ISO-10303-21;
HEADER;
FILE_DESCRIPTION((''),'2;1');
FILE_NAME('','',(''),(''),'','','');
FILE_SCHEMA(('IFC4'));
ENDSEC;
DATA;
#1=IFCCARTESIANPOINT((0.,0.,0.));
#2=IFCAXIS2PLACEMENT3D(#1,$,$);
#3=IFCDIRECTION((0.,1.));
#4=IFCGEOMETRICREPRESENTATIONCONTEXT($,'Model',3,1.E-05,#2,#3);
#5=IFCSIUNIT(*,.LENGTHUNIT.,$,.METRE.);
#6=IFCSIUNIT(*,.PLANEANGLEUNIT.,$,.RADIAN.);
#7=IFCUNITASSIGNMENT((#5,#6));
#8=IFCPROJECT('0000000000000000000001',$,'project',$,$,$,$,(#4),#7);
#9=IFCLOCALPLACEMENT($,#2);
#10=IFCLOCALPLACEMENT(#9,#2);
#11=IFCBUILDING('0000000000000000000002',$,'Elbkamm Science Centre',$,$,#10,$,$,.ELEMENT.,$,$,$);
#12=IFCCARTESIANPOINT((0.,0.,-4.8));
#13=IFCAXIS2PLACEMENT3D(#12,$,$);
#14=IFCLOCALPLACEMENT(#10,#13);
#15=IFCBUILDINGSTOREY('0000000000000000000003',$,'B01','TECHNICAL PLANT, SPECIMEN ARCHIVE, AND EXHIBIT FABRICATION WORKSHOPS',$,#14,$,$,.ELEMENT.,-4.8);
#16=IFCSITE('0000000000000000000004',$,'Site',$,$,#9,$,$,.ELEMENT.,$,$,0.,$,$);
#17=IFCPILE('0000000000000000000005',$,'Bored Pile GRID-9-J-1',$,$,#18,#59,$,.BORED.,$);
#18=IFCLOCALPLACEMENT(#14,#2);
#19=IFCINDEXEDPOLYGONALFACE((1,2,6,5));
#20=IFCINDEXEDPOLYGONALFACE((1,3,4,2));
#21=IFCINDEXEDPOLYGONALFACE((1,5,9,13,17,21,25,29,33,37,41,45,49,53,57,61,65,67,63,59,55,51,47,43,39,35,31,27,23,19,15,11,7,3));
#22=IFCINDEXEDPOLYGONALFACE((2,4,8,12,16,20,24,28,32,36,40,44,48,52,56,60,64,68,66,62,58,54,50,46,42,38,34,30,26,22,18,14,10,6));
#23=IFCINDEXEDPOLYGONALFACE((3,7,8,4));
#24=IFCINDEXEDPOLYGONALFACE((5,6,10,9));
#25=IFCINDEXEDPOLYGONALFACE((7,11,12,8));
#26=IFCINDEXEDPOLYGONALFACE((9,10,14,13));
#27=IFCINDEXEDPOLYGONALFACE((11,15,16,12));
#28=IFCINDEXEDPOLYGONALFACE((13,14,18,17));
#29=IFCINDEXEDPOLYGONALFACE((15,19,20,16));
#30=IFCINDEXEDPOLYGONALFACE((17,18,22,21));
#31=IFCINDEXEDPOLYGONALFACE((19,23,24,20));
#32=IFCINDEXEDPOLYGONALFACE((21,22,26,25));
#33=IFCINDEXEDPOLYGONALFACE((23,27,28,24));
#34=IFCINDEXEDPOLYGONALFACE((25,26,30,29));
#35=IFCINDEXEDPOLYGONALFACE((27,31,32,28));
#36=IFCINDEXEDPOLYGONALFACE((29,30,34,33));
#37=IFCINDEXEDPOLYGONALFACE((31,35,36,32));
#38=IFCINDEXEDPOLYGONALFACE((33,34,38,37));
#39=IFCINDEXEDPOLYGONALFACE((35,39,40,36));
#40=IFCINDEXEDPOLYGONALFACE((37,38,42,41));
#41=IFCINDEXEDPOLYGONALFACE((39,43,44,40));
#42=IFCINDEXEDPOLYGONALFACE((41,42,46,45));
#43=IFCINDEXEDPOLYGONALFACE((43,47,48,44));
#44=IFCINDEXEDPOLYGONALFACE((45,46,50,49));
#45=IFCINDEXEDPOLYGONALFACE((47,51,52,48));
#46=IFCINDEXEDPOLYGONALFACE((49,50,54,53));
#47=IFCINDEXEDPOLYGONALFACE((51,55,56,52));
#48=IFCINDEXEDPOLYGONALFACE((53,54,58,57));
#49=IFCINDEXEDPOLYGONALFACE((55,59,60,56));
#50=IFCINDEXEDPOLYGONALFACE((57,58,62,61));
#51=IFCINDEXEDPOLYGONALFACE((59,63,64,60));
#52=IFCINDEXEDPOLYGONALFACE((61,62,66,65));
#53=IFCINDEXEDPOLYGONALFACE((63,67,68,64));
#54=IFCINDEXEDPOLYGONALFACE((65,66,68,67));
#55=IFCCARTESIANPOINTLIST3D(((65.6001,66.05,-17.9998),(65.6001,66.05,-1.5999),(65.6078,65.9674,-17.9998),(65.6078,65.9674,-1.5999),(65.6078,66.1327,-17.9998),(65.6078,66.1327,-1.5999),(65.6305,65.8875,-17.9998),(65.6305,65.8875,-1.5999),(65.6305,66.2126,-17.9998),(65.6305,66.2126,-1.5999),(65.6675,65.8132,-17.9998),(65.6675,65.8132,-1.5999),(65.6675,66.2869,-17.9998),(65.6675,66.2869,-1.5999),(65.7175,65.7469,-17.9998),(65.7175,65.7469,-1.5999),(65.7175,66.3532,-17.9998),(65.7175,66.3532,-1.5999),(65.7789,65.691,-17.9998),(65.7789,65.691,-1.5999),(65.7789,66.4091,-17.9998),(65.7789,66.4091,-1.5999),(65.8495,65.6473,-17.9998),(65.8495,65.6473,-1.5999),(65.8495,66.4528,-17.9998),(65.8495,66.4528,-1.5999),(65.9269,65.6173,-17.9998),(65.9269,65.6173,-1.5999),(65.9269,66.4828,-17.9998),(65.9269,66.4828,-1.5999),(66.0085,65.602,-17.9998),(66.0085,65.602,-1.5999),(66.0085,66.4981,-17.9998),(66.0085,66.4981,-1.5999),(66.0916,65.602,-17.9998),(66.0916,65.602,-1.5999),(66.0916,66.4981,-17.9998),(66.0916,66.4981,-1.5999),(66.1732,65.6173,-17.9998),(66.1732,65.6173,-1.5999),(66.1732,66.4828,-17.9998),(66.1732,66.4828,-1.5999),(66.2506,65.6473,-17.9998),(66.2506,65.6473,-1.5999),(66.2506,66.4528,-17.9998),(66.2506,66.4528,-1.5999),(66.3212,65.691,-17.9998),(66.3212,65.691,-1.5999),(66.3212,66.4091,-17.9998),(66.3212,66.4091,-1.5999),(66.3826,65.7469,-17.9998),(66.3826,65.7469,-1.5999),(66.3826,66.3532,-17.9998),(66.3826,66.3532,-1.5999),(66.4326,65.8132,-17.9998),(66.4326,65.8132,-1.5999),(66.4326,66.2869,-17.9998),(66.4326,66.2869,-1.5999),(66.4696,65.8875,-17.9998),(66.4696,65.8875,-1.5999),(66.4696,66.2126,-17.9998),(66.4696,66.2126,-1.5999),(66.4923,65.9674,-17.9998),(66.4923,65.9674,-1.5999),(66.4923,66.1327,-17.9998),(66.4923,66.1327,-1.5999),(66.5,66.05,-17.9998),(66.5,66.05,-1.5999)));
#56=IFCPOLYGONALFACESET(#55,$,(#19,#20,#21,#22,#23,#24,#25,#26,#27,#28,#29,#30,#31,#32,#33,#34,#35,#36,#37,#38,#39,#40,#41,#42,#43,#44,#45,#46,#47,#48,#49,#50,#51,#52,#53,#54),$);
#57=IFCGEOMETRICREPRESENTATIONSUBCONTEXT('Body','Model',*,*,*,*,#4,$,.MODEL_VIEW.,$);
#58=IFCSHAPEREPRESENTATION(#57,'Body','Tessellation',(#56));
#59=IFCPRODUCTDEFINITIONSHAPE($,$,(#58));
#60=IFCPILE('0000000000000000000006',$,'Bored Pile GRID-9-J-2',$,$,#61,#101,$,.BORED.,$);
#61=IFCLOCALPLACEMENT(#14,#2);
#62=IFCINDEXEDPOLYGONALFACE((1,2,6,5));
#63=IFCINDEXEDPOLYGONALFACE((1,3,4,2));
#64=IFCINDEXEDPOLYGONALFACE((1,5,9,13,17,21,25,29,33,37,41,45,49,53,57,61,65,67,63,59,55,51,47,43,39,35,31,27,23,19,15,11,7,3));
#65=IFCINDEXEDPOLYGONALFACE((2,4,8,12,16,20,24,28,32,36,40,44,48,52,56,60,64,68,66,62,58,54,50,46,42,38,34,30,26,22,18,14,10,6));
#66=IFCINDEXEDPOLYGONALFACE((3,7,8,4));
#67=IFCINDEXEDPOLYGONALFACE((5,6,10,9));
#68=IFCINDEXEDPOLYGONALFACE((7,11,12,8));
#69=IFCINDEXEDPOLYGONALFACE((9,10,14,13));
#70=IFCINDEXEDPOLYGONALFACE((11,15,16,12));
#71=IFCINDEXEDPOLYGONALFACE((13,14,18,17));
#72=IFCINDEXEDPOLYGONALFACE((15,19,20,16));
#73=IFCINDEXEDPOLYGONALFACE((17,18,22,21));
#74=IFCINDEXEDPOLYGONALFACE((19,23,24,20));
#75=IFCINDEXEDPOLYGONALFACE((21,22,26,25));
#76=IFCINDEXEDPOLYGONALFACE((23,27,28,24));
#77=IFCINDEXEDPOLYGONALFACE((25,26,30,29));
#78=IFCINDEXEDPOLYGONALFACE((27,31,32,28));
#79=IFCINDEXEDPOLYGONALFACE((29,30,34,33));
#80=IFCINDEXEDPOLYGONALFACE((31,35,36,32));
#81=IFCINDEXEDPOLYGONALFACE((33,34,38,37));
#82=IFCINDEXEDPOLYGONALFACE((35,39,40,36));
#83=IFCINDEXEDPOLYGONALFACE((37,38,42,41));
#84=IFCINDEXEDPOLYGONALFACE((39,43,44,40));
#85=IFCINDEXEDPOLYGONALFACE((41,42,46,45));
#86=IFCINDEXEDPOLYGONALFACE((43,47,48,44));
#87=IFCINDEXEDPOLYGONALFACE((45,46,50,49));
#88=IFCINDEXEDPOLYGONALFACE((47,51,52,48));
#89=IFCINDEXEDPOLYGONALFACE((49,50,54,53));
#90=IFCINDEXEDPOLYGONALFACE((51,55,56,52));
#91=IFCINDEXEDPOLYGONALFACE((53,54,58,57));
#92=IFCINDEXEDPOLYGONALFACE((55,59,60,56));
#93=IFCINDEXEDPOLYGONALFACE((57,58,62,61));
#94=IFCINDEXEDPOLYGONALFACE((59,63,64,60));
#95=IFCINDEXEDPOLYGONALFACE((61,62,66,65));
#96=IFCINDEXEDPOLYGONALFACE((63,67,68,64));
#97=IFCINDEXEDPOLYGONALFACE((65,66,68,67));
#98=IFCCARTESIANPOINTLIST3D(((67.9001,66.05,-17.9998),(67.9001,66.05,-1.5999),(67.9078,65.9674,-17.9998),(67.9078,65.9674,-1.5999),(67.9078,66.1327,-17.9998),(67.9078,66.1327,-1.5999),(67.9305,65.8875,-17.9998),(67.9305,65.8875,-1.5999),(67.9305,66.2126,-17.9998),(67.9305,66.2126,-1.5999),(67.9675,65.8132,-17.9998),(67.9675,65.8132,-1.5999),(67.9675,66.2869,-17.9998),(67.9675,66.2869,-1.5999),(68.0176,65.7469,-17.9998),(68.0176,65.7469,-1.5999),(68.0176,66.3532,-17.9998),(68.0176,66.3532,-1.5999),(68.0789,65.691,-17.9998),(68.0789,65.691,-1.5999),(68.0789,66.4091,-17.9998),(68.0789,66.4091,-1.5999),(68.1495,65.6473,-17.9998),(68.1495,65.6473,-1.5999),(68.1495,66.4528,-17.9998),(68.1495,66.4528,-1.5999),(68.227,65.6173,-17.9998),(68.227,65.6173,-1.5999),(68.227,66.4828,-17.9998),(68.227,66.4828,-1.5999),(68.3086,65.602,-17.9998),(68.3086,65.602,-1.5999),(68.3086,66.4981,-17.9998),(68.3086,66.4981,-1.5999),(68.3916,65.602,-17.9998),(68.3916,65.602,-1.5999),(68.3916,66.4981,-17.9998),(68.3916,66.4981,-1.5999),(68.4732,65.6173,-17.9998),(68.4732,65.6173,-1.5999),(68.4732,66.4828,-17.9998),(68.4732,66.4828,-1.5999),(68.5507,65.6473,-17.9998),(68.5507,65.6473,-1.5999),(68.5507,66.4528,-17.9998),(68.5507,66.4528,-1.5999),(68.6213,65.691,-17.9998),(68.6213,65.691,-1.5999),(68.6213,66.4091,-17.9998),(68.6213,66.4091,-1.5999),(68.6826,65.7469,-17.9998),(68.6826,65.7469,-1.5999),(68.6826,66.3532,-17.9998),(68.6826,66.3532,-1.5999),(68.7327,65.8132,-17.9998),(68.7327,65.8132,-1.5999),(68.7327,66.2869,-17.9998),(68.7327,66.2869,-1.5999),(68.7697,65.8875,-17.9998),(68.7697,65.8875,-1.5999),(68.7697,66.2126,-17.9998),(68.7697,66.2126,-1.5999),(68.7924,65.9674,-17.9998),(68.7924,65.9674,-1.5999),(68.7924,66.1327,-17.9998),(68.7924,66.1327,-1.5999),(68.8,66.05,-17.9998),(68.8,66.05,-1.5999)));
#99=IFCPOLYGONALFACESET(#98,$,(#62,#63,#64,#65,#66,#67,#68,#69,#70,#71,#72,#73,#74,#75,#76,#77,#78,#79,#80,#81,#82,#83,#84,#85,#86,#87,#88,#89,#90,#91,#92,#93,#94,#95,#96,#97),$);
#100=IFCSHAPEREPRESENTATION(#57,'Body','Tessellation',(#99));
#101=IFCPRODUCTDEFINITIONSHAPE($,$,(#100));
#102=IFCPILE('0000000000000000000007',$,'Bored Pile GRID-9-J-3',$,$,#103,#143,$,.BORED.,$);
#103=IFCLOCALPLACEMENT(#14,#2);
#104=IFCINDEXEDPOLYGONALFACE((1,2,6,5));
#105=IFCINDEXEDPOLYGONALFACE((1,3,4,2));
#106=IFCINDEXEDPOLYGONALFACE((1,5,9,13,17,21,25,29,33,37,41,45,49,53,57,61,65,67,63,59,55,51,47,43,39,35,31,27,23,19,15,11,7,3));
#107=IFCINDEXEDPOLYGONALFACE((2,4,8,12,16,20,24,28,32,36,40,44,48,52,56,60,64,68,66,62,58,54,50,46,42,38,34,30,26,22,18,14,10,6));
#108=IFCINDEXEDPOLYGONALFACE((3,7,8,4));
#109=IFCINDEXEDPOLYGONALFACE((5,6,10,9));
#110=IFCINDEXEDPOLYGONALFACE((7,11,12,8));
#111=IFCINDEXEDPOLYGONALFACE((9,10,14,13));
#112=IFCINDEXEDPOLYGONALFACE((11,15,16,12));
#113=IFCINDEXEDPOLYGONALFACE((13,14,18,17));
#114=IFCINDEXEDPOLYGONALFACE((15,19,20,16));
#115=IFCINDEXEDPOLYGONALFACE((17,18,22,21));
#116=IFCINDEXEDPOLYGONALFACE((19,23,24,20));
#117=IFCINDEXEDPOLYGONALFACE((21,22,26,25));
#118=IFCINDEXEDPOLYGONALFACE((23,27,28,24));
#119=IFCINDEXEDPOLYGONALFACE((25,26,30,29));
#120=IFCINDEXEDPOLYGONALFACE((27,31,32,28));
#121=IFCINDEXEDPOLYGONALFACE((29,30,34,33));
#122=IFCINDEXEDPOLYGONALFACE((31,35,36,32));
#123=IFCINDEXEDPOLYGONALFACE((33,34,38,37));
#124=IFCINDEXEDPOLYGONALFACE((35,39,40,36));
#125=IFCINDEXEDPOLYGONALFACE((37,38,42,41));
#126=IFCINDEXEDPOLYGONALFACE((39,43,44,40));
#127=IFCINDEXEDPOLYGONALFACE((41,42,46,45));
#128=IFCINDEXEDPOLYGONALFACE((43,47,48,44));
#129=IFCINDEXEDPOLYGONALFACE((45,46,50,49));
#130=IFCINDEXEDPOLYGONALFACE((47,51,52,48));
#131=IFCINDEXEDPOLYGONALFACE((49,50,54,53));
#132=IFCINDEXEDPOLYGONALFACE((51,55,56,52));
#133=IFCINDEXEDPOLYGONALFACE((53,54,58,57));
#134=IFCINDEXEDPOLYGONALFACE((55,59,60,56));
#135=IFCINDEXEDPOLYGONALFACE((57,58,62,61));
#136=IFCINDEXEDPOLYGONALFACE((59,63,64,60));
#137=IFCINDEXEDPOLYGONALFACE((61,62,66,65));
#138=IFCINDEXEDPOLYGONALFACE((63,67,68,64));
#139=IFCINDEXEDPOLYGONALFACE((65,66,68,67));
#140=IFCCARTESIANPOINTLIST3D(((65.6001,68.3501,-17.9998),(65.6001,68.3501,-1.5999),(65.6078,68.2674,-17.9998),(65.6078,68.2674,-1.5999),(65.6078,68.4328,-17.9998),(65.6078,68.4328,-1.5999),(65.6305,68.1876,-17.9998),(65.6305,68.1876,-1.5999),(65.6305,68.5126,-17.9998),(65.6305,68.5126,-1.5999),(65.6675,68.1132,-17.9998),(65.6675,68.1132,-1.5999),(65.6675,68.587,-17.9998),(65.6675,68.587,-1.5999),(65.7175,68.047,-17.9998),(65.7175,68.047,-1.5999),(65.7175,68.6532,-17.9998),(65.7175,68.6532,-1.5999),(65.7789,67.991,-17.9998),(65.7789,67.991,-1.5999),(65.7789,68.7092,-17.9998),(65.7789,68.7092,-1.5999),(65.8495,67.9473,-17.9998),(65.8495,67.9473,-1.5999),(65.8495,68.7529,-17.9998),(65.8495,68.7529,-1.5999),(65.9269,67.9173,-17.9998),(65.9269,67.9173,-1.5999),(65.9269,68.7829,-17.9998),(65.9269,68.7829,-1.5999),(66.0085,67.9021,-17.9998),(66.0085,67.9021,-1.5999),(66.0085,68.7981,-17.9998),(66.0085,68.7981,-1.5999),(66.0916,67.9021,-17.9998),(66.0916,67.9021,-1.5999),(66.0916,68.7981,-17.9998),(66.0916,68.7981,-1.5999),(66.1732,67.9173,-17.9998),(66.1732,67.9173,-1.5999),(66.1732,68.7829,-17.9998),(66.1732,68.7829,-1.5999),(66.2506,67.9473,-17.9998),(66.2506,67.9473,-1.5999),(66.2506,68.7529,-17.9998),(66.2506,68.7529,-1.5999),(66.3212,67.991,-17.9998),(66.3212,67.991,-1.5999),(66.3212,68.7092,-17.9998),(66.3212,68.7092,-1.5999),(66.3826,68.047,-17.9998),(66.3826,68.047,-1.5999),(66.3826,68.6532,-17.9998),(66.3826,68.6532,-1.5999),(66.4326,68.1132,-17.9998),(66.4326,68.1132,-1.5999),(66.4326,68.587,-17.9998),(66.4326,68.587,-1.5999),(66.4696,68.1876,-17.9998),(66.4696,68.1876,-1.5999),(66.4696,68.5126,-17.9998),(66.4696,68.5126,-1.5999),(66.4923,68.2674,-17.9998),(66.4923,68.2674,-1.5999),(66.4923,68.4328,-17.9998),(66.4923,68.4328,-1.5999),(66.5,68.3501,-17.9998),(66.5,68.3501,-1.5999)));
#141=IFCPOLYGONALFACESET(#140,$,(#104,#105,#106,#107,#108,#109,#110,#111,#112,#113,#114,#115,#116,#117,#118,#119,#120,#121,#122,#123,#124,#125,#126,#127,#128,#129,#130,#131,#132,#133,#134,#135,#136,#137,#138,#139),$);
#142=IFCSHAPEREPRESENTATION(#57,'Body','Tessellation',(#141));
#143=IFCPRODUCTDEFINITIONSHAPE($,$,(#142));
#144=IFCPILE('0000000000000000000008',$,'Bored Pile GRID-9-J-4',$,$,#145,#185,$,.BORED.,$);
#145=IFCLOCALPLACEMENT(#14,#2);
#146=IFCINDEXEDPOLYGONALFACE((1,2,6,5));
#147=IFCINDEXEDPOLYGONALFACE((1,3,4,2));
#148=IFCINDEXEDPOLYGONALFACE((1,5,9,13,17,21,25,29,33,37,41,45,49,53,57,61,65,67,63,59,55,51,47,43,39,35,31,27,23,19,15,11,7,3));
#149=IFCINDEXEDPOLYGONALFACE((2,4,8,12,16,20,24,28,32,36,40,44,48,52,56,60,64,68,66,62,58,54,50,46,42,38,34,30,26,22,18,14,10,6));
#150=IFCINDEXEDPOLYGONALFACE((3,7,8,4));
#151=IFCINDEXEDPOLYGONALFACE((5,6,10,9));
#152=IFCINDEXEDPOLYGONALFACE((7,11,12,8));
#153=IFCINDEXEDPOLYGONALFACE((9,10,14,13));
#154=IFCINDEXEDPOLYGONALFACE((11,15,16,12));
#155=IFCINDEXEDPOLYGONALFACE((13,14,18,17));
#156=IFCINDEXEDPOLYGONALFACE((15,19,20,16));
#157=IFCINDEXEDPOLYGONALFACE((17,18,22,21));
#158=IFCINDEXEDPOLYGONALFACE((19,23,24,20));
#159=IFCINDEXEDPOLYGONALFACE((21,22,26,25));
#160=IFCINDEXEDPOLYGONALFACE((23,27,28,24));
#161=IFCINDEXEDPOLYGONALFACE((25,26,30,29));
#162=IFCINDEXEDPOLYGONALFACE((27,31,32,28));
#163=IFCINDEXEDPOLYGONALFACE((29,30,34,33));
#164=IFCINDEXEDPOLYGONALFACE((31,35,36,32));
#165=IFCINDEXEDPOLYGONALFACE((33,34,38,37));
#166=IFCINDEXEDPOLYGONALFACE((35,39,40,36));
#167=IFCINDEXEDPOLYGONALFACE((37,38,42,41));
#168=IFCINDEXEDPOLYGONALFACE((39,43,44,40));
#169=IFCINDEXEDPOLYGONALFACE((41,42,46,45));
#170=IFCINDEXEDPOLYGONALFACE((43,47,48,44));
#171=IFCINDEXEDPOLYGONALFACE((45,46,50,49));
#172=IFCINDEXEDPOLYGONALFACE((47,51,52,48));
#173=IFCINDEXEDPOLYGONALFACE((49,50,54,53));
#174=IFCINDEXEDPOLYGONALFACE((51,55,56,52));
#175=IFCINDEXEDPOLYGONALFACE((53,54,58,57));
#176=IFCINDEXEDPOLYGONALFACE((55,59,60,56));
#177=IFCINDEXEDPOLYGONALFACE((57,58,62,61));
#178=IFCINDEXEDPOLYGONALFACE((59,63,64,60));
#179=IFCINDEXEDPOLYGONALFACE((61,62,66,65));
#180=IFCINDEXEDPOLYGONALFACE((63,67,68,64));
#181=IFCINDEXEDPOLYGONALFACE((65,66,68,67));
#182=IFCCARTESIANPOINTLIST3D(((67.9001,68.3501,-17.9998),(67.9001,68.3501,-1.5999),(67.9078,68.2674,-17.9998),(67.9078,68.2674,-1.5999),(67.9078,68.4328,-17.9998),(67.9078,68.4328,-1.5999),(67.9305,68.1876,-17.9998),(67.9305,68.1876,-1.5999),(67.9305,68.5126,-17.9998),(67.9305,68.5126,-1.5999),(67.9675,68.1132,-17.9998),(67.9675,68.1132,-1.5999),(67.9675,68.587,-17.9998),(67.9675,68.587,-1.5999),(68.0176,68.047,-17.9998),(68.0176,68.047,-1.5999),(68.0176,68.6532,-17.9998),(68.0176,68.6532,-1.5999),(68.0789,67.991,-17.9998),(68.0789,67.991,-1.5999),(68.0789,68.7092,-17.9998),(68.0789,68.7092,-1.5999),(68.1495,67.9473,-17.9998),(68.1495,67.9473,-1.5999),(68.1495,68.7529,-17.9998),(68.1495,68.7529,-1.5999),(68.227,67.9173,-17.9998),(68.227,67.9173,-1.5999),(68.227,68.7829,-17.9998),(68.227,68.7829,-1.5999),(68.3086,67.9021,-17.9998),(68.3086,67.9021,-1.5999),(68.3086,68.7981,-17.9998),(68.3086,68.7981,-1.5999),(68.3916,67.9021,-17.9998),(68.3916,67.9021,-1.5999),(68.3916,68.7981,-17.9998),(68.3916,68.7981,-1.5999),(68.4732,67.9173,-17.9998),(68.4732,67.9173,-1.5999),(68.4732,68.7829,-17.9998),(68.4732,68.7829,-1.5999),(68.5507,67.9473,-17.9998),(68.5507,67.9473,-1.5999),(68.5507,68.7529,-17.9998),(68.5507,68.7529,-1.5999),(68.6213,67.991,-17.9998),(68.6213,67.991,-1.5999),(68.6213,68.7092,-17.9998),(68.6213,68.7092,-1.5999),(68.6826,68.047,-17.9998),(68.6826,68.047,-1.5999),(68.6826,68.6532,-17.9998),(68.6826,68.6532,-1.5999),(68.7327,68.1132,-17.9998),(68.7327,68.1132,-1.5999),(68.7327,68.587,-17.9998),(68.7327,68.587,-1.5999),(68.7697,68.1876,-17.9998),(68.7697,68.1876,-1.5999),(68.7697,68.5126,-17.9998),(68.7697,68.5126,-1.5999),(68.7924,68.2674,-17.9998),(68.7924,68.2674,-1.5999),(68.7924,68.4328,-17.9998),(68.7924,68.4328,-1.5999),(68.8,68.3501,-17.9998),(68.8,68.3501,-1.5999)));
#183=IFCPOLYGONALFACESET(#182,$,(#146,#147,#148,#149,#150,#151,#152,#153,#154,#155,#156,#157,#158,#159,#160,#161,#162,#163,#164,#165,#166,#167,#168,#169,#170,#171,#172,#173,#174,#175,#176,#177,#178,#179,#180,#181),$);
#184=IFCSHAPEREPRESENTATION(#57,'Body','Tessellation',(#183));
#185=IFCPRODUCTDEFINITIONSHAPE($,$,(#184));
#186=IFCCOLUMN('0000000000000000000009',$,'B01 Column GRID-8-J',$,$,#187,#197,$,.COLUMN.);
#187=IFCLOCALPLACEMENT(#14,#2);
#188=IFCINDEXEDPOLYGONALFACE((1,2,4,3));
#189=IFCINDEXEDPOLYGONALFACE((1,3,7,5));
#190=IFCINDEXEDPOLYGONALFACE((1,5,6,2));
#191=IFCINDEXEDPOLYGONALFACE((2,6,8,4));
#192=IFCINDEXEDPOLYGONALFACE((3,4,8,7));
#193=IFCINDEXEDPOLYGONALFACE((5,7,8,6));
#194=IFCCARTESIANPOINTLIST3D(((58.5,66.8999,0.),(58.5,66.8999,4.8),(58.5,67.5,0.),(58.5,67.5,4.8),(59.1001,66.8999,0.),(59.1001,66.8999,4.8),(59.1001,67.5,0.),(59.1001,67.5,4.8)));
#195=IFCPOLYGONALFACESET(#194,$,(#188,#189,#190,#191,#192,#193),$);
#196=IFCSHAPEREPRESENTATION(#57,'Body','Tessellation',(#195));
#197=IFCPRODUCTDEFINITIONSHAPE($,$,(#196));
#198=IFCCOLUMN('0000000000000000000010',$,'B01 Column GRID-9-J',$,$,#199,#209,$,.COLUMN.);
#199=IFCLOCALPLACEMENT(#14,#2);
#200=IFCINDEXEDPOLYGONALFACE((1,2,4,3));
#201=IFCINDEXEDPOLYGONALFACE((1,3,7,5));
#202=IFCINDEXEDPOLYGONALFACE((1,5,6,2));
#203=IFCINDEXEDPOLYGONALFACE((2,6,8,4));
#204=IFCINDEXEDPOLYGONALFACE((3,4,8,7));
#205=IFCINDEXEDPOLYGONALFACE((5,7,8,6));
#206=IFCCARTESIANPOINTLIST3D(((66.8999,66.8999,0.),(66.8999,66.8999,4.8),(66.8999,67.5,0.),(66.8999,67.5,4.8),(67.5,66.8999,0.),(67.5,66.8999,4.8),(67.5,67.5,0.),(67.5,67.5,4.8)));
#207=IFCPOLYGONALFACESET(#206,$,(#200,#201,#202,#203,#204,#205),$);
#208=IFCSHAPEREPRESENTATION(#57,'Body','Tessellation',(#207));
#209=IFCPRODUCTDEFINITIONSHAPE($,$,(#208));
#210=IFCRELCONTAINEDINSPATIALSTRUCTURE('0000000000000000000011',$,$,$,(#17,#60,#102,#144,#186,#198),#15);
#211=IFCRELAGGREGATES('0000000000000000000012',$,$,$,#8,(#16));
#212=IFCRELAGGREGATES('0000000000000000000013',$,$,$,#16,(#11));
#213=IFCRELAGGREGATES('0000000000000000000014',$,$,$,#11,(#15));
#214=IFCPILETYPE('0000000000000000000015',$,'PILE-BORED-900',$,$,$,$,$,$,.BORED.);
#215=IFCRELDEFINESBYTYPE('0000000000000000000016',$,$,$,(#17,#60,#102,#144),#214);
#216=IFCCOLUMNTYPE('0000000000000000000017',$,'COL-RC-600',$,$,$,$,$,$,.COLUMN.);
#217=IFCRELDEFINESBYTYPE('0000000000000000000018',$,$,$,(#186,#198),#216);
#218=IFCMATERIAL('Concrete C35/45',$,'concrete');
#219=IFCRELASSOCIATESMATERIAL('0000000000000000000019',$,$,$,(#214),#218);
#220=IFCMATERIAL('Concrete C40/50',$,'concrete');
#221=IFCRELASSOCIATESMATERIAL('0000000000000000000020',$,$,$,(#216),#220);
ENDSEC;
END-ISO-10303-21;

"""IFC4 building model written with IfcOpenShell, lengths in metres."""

from ifc_helpers import new_model, si_unit, direction, frame, origin, origin_2d, place, context, subcontext, project, spatial, rectangle, circle, extrude, material, material_profile, profile_set, type_object, element, save


model = new_model("IFC4")

# Units and contexts
model_context = context("Model", 3, precision=1e-05, world=origin(), true_north=direction((0.0, 1.0)))
body_context = subcontext(model_context, "Body", "Model", "MODEL_VIEW")
ifc_project = project(units=[si_unit("LENGTHUNIT", "METRE"), si_unit("PLANEANGLEUNIT", "RADIAN")], contexts=[model_context])

# Site, building, storey
site_placement = place(None, origin())
site = spatial("IfcSite", under=ifc_project, at=site_placement, Name="Site", CompositionType="ELEMENT", RefElevation=0.0)
building_placement = place(site_placement, origin())
building = spatial("IfcBuilding", under=site, at=building_placement, Name="Elbkamm Science Centre", CompositionType="ELEMENT")
storey_placement = place(building_placement, frame((0.0, 0.0, -4.8)))
storey = spatial("IfcBuildingStorey", under=building, at=storey_placement, Name="B01", Description="TECHNICAL PLANT, SPECIMEN ARCHIVE, AND EXHIBIT FABRICATION WORKSHOPS", CompositionType="ELEMENT", Elevation=-4.8)

# Shared definitions
ifc_material_1 = material(Name="Concrete C35/45", Category="concrete")

# Piles
ifc_material_profile_1 = material_profile(ifc_material_1, circle(Radius=0.45, at=origin_2d()), Name="PILE D900")
ifc_profile_set_1 = profile_set([ifc_material_profile_1], Name="Concrete C35/45")
pile_type = type_object("IfcPileType", Name="PILE-BORED-900", PredefinedType="BORED", material=ifc_profile_set_1)
for number, where, z_axis, x_axis, name in (
    (1, (66.05, 66.05, -1.5999), (0.0, 0.0, -1.0), (1.0, 0.0, 0.0), "Bored Pile GRID-9-J-1"),
    (2, (68.3501, 66.05, -1.5999), (0.0, 0.0, -1.0), (1.0, 0.0, 0.0), "Bored Pile GRID-9-J-2"),
    (3, (66.05, 68.3501, -1.5999), (0.0, 0.0, -1.0), (1.0, 0.0, 0.0), "Bored Pile GRID-9-J-3"),
    (4, (68.3501, 68.3501, -1.5999), (0.0, 0.0, -1.0), (1.0, 0.0, 0.0), "Bored Pile GRID-9-J-4"),
):
    element("IfcPile", number, at=place(storey_placement, frame(where, z_axis=z_axis, x_axis=x_axis)), inside=storey, type_object=pile_type, Name=name, PredefinedType="BORED", context=body_context, shape_type="SweptSolid", body=[
        extrude(circle(Radius=0.45, at=origin_2d()), origin(), (0.0, 0.0, 1.0), 16.3999),
    ])

# Columns
ifc_material_2 = material(Name="Concrete C40/50", Category="concrete")
ifc_material_profile_2 = material_profile(ifc_material_2, rectangle(XDim=0.6001, YDim=0.6001, at=origin_2d()), Name="RC 600x600")
ifc_profile_set_2 = profile_set([ifc_material_profile_2], Name="Concrete C40/50")
column_type_1 = type_object("IfcColumnType", Name="COL-RC-600", PredefinedType="COLUMN", material=ifc_profile_set_2)
for number, where, z_axis, x_axis, name in (
    (5, (58.8, 67.2, 0.0), (0.0, 0.0, 1.0), (1.0, 0.0, 0.0), "B01 Column GRID-8-J"),
    (6, (67.2, 67.2, 0.0), (0.0, 0.0, 1.0), (1.0, 0.0, 0.0), "B01 Column GRID-9-J"),
):
    element("IfcColumn", number, at=place(storey_placement, frame(where, z_axis=z_axis, x_axis=x_axis)), inside=storey, type_object=column_type_1, Name=name, PredefinedType="COLUMN", context=body_context, shape_type="SweptSolid", body=[
        extrude(rectangle(XDim=0.6001, YDim=0.6001, at=origin_2d()), origin(), (0.0, 0.0, 1.0), 4.8),
    ])

save(model, "model.ifc")
